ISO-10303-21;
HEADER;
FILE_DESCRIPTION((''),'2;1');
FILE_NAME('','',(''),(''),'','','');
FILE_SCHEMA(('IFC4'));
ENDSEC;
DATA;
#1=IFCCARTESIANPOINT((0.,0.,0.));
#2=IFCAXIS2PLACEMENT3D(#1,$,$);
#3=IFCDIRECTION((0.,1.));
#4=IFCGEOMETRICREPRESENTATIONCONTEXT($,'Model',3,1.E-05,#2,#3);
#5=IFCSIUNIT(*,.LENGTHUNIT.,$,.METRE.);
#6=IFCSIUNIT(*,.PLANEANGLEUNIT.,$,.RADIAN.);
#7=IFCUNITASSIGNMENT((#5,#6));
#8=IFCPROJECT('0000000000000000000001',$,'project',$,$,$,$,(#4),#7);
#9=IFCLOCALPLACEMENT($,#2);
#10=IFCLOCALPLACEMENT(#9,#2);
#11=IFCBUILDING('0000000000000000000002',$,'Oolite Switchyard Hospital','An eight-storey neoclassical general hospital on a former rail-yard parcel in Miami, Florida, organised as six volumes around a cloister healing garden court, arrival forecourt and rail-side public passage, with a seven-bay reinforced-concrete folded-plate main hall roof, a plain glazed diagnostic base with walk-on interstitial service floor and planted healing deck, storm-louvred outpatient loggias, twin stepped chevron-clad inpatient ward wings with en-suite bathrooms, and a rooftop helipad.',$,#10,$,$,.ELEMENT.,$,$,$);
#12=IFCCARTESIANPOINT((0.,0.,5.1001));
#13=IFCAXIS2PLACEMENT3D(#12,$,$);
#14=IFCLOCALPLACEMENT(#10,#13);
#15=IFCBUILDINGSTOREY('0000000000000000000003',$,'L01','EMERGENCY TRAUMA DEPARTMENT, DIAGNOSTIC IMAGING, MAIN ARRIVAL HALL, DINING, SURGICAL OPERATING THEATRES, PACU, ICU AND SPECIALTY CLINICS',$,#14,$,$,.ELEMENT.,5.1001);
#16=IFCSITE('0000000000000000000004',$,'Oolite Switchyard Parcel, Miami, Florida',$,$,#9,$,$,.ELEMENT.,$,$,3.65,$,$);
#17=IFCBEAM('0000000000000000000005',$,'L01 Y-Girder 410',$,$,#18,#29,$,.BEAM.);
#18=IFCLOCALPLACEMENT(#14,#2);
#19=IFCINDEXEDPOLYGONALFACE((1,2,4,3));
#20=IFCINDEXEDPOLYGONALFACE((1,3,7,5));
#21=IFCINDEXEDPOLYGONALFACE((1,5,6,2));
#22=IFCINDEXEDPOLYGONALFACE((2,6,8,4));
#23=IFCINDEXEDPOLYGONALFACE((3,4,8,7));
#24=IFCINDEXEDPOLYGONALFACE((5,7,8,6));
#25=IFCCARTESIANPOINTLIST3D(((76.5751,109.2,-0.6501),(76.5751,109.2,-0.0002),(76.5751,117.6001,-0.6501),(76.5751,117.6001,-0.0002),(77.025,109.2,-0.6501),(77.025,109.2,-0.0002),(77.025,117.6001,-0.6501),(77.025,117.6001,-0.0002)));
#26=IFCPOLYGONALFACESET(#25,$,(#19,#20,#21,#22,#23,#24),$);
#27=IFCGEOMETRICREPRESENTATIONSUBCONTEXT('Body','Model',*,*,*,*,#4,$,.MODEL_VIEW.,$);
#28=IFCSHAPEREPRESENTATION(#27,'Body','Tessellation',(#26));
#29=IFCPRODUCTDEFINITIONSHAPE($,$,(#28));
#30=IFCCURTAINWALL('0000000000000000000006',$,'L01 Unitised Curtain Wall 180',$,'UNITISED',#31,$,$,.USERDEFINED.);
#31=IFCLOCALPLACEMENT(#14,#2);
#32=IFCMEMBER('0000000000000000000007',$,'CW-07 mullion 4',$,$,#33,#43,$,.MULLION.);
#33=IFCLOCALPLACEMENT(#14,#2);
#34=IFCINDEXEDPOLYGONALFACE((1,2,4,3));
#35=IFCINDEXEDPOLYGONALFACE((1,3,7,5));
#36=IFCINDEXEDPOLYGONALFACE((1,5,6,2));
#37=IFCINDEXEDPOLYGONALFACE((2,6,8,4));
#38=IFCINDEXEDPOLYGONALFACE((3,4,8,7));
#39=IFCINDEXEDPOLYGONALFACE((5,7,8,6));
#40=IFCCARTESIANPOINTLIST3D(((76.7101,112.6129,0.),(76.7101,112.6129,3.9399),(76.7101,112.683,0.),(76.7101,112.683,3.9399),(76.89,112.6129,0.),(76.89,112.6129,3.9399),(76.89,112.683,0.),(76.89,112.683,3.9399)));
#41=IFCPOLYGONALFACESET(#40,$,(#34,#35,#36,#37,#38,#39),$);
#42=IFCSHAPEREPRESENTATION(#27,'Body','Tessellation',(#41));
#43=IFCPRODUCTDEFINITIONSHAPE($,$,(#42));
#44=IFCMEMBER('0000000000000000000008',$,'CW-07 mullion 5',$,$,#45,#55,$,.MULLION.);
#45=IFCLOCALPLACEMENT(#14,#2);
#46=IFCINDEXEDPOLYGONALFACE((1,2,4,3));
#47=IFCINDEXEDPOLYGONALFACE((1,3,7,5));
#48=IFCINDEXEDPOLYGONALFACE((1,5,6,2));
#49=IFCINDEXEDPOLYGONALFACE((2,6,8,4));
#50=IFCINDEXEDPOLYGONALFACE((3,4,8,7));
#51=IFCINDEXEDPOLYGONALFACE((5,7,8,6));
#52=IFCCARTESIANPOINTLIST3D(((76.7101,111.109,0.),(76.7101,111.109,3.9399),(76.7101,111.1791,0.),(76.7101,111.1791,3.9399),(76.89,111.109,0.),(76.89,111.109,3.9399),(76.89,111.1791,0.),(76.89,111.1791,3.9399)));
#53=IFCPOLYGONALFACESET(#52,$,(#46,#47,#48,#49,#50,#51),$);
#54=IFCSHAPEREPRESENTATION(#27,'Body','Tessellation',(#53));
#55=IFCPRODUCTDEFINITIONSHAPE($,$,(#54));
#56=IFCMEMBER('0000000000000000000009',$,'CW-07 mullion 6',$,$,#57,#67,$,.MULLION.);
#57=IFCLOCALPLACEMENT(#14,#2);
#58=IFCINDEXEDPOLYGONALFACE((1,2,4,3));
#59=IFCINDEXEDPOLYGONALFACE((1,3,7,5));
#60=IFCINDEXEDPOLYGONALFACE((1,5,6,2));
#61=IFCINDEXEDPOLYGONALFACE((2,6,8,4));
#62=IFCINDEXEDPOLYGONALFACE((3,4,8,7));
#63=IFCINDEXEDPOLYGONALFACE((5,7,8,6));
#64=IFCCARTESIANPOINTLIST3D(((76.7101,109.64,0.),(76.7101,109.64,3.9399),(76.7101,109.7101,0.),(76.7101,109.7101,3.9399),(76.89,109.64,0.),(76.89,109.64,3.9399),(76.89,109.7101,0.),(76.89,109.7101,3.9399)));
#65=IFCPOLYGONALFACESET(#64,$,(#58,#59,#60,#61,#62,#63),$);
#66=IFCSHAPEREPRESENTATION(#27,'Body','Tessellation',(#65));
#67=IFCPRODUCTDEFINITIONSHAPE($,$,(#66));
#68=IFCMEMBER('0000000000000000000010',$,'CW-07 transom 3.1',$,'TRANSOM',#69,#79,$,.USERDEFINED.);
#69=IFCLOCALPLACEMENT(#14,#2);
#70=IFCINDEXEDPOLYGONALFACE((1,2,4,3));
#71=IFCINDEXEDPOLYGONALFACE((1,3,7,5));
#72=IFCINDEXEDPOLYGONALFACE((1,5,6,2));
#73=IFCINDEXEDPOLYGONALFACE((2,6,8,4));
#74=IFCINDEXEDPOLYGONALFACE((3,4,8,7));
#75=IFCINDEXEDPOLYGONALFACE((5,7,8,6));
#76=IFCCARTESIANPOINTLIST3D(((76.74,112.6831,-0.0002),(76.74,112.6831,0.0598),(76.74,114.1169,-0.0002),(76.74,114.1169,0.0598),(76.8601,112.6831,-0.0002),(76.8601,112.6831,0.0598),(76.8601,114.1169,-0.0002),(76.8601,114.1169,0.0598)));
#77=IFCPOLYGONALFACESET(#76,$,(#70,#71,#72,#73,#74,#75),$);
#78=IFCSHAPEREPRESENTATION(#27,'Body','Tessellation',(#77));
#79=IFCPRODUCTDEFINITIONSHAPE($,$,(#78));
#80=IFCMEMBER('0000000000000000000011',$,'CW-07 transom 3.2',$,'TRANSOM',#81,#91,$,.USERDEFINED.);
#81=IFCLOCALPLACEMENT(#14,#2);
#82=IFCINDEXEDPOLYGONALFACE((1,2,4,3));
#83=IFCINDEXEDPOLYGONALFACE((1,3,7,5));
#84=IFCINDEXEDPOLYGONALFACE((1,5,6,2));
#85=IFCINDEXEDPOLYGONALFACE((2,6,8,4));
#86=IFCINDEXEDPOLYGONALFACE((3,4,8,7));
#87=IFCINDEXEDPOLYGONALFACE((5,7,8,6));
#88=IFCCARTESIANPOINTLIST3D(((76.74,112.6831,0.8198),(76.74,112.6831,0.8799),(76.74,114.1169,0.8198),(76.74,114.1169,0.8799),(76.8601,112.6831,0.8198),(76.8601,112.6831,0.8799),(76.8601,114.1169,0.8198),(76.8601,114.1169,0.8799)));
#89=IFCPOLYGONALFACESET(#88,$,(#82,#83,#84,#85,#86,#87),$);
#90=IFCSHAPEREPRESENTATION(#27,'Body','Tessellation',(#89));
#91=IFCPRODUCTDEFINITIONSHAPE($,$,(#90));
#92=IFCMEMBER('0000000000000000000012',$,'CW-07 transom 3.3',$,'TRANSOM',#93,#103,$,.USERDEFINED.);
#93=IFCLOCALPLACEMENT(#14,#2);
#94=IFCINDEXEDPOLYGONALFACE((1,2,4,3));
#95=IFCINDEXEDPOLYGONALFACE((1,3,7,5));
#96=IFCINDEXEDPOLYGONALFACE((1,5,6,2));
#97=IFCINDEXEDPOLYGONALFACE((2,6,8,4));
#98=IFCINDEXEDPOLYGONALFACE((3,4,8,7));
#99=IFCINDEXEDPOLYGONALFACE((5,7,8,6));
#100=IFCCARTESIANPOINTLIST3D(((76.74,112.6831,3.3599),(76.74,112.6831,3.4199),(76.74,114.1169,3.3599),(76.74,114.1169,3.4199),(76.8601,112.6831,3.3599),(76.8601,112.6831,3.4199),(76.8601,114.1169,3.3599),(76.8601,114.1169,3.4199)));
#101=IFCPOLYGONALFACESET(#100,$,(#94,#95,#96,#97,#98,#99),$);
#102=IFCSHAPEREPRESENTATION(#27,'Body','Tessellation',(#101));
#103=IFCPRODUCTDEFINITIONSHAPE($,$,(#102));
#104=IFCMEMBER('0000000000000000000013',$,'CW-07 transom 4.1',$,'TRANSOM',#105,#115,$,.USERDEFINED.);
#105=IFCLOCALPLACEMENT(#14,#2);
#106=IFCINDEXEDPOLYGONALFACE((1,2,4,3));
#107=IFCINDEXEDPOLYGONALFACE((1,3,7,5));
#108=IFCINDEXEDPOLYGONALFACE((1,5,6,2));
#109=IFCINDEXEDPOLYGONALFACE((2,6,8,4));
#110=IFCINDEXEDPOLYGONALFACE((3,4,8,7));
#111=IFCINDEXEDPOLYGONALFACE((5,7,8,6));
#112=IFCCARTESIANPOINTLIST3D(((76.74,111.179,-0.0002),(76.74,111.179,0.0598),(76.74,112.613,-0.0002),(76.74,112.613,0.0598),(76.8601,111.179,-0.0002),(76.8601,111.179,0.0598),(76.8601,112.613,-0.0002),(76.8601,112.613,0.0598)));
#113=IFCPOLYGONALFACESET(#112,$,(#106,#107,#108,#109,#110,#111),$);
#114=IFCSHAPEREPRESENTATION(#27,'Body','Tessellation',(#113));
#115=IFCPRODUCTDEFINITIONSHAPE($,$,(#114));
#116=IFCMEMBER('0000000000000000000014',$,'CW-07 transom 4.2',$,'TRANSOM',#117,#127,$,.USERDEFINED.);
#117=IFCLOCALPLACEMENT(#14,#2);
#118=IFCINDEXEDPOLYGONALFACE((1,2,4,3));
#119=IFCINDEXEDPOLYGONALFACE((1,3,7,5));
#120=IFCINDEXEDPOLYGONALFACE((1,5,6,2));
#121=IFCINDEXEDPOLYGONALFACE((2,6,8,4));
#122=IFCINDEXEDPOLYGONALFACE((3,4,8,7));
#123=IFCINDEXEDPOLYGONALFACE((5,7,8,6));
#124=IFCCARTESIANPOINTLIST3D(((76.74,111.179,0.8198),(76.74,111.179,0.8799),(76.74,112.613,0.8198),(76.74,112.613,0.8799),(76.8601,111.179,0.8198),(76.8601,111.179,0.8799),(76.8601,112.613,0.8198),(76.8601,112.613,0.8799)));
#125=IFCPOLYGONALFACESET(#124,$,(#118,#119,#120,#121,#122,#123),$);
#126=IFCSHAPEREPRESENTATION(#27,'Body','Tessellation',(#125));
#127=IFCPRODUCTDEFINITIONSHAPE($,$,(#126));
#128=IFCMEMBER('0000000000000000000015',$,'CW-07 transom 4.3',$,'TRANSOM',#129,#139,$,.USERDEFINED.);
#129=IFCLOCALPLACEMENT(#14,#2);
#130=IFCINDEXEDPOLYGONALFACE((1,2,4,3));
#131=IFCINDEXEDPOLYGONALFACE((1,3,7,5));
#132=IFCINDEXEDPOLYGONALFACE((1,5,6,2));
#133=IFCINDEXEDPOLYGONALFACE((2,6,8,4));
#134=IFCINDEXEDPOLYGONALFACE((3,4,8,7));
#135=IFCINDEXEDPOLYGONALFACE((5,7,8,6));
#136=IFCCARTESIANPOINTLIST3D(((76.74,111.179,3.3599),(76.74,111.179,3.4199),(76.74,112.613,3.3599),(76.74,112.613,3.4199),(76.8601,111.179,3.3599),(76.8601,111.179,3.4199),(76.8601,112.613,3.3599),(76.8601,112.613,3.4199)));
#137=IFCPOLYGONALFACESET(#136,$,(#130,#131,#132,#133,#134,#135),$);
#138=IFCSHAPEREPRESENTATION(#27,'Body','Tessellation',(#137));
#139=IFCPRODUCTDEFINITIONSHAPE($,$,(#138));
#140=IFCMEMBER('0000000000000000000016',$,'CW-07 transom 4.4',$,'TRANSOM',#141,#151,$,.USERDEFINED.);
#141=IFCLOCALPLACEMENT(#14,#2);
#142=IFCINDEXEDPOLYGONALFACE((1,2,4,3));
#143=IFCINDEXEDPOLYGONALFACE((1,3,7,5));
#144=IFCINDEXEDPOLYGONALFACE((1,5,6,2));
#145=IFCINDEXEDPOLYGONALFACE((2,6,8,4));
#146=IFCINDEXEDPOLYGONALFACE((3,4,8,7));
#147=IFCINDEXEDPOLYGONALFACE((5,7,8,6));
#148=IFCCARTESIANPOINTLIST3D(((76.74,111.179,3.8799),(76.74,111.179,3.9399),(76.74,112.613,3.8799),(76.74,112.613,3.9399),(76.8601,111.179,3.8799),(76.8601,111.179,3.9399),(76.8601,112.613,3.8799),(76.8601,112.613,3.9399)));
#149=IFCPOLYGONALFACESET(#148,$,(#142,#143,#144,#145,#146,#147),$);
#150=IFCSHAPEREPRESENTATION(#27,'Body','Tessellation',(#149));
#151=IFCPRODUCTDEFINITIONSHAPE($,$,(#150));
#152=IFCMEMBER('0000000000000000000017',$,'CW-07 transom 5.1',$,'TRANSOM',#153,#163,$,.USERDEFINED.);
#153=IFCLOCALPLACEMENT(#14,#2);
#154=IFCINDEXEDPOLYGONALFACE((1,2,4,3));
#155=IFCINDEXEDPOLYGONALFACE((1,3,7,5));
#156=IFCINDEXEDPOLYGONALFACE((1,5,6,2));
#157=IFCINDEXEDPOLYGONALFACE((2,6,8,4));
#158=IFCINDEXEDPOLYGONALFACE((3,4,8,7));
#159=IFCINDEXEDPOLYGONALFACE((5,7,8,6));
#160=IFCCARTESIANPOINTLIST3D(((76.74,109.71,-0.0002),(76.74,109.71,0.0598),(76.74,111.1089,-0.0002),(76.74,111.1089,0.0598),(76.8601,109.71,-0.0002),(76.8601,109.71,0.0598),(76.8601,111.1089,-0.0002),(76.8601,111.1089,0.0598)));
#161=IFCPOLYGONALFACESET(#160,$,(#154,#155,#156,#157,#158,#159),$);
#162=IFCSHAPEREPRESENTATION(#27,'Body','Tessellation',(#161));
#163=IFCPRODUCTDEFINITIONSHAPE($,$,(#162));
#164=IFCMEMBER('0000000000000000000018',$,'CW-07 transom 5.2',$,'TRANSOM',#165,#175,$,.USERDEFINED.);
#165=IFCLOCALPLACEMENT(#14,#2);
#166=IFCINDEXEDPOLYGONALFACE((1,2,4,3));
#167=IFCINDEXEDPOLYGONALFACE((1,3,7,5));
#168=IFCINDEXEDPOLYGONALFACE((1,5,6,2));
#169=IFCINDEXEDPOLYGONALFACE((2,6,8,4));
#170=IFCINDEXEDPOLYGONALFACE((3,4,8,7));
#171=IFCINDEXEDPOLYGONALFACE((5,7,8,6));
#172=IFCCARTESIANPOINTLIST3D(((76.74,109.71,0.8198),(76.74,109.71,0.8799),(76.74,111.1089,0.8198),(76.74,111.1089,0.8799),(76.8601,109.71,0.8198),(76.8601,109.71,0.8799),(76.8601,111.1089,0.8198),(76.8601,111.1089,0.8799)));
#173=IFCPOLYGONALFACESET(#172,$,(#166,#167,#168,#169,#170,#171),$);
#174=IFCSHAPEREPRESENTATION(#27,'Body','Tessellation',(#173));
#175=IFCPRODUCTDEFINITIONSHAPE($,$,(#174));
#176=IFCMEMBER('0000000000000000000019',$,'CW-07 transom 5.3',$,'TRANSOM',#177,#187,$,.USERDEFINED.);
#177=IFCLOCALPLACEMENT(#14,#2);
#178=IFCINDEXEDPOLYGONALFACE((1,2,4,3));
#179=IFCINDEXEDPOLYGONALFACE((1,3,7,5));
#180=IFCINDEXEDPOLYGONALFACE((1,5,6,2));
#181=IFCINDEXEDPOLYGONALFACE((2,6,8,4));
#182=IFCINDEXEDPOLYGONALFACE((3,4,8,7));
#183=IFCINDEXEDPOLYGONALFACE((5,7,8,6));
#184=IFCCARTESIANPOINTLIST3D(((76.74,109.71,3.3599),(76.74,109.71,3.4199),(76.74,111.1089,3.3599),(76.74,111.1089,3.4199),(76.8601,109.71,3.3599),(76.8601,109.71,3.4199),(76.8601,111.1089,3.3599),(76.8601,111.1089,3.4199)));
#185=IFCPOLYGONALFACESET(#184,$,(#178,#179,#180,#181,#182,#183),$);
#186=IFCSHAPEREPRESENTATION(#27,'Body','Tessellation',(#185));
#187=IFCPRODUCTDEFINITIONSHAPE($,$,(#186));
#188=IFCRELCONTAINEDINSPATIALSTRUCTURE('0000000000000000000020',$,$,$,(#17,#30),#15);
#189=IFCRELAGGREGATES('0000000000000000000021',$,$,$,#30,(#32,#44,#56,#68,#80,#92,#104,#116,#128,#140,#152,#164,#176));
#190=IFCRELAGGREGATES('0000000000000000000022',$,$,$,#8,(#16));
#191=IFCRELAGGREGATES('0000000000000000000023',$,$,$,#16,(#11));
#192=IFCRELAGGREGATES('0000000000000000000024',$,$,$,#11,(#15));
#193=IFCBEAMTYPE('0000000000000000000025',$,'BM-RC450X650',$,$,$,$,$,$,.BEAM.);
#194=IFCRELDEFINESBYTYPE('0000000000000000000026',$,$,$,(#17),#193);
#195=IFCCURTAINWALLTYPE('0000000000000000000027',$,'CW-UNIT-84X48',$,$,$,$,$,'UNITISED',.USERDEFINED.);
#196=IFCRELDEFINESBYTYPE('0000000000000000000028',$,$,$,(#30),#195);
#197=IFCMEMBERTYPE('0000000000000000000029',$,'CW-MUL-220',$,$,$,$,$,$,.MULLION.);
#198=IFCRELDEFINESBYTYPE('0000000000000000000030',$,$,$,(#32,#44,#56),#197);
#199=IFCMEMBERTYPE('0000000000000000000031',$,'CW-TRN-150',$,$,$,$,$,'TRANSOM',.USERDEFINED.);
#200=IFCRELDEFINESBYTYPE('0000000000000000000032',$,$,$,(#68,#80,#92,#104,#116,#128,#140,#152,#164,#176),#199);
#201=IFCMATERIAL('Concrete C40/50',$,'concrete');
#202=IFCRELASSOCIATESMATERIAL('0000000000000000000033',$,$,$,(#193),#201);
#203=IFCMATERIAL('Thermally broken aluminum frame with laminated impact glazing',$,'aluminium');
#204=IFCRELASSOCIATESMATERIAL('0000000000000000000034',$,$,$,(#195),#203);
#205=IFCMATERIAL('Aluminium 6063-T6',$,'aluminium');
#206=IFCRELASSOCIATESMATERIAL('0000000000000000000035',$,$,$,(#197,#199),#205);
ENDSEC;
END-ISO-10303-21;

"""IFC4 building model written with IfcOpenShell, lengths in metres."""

from ifc_helpers import new_model, si_unit, direction, frame, origin, origin_2d, place, context, subcontext, project, spatial, rectangle, extrude, material, material_profile, profile_set, type_object, element, aggregate, save


model = new_model("IFC4")

# Units and contexts
model_context = context("Model", 3, precision=1e-05, world=origin(), true_north=direction((0.0, 1.0)))
body_context = subcontext(model_context, "Body", "Model", "MODEL_VIEW")
ifc_project = project(units=[si_unit("LENGTHUNIT", "METRE"), si_unit("PLANEANGLEUNIT", "RADIAN")], contexts=[model_context])

# Site, building, storey
site_placement = place(None, origin())
site = spatial("IfcSite", under=ifc_project, at=site_placement, Name="Oolite Switchyard Parcel, Miami, Florida", CompositionType="ELEMENT", RefElevation=3.65)
building_placement = place(site_placement, origin())
building = spatial("IfcBuilding", under=site, at=building_placement, Name="Oolite Switchyard Hospital", Description="An eight-storey neoclassical general hospital on a former rail-yard parcel in Miami, Florida, organised as six volumes around a cloister healing garden court, arrival forecourt and rail-side public passage, with a seven-bay reinforced-concrete folded-plate main hall roof, a plain glazed diagnostic base with walk-on interstitial service floor and planted healing deck, storm-louvred outpatient loggias, twin stepped chevron-clad inpatient ward wings with en-suite bathrooms, and a rooftop helipad.", CompositionType="ELEMENT")
storey_placement = place(building_placement, frame((0.0, 0.0, 5.1001)))
storey = spatial("IfcBuildingStorey", under=building, at=storey_placement, Name="L01", Description="EMERGENCY TRAUMA DEPARTMENT, DIAGNOSTIC IMAGING, MAIN ARRIVAL HALL, DINING, SURGICAL OPERATING THEATRES, PACU, ICU AND SPECIALTY CLINICS", CompositionType="ELEMENT", Elevation=5.1001)

# Beam
ifc_material_1 = material(Name="Concrete C40/50", Category="concrete")
ifc_material_profile_1 = material_profile(ifc_material_1, rectangle(XDim=0.45, YDim=0.6499, at=origin_2d()), Name="RCB450X650")
ifc_profile_set_1 = profile_set([ifc_material_profile_1], Name="Concrete C40/50")
beam_type = type_object("IfcBeamType", Name="BM-RC450X650", PredefinedType="BEAM", material=ifc_profile_set_1)
beam_placement = place(storey_placement, frame((76.8, 109.2, -0.3252), z_axis=(0.0, 1.0, 0.0), x_axis=(-1.0, 0.0, 0.0)))
element("IfcBeam", 1, at=beam_placement, inside=storey, type_object=beam_type, Name="L01 Y-Girder 410", PredefinedType="BEAM", context=body_context, shape_type="SweptSolid", body=[
    extrude(rectangle(XDim=0.45, YDim=0.6499, at=origin_2d()), origin(), (0.0, 0.0, 1.0), 8.4001),
])

# Curtain wall, members
ifc_material_2 = material(Name="Thermally broken aluminum frame with laminated impact glazing", Category="aluminium")
curtain_wall_type = type_object("IfcCurtainWallType", Name="CW-UNIT-84X48", ElementType="UNITISED", PredefinedType="USERDEFINED", material=ifc_material_2)
curtain_wall_placement = place(storey_placement, origin())
curtain_wall = element("IfcCurtainWall", 2, at=curtain_wall_placement, inside=storey, type_object=curtain_wall_type, Name="L01 Unitised Curtain Wall 180", ObjectType="UNITISED", PredefinedType="USERDEFINED")
ifc_material_3 = material(Name="Aluminium 6063-T6", Category="aluminium")
ifc_material_profile_2 = material_profile(ifc_material_3, rectangle(XDim=0.1799, YDim=0.0701, at=origin_2d()), Name="CWM70X180")
ifc_profile_set_2 = profile_set([ifc_material_profile_2], Name="Aluminium 6063-T6")
member_type_1 = type_object("IfcMemberType", Name="CW-MUL-220", PredefinedType="MULLION", material=ifc_profile_set_2)
member_1_placement = place(storey_placement, frame((76.8, 112.6479, 0.0), z_axis=(0.0, 0.0, 1.0), x_axis=(1.0, 0.0, 0.0)))
member_1 = element("IfcMember", 3, at=member_1_placement, type_object=member_type_1, Name="CW-07 mullion 4", PredefinedType="MULLION", context=body_context, shape_type="SweptSolid", body=[
    extrude(rectangle(XDim=0.1799, YDim=0.0701, at=origin_2d()), origin(), (0.0, 0.0, 1.0), 3.9399),
])
member_2_placement = place(storey_placement, frame((76.8, 111.144, 0.0), z_axis=(0.0, 0.0, 1.0), x_axis=(1.0, 0.0, 0.0)))
member_2 = element("IfcMember", 4, at=member_2_placement, type_object=member_type_1, Name="CW-07 mullion 5", PredefinedType="MULLION", context=body_context, shape_type="SweptSolid", body=[
    extrude(rectangle(XDim=0.1799, YDim=0.0701, at=origin_2d()), origin(), (0.0, 0.0, 1.0), 3.9399),
])
member_3_placement = place(storey_placement, frame((76.8, 109.675, 0.0), z_axis=(0.0, 0.0, 1.0), x_axis=(1.0, 0.0, 0.0)))
member_3 = element("IfcMember", 5, at=member_3_placement, type_object=member_type_1, Name="CW-07 mullion 6", PredefinedType="MULLION", context=body_context, shape_type="SweptSolid", body=[
    extrude(rectangle(XDim=0.1799, YDim=0.0701, at=origin_2d()), origin(), (0.0, 0.0, 1.0), 3.9399),
])
ifc_material_profile_3 = material_profile(ifc_material_3, rectangle(XDim=0.1201, YDim=0.0601, at=origin_2d()), Name="CWT60X120")
ifc_profile_set_3 = profile_set([ifc_material_profile_3], Name="Aluminium 6063-T6")
member_type_2 = type_object("IfcMemberType", Name="CW-TRN-150", ElementType="TRANSOM", PredefinedType="USERDEFINED", material=ifc_profile_set_3)
member_4_placement = place(storey_placement, frame((76.8, 114.1169, 0.0298), z_axis=(0.0, -1.0, 0.0), x_axis=(1.0, 0.0, 0.0)))
member_4 = element("IfcMember", 6, at=member_4_placement, type_object=member_type_2, Name="CW-07 transom 3.1", ObjectType="TRANSOM", PredefinedType="USERDEFINED", context=body_context, shape_type="SweptSolid", body=[
    extrude(rectangle(XDim=0.1201, YDim=0.0601, at=origin_2d()), origin(), (0.0, 0.0, 1.0), 1.4338),
])
member_5_placement = place(storey_placement, frame((76.8, 114.1169, 0.8499), z_axis=(0.0, -1.0, 0.0), x_axis=(1.0, 0.0, 0.0)))
member_5 = element("IfcMember", 7, at=member_5_placement, type_object=member_type_2, Name="CW-07 transom 3.2", ObjectType="TRANSOM", PredefinedType="USERDEFINED", context=body_context, shape_type="SweptSolid", body=[
    extrude(rectangle(XDim=0.1201, YDim=0.0601, at=origin_2d()), origin(), (0.0, 0.0, 1.0), 1.4338),
])
member_6_placement = place(storey_placement, frame((76.8, 114.1169, 3.3899), z_axis=(0.0, -1.0, 0.0), x_axis=(1.0, 0.0, 0.0)))
member_6 = element("IfcMember", 8, at=member_6_placement, type_object=member_type_2, Name="CW-07 transom 3.3", ObjectType="TRANSOM", PredefinedType="USERDEFINED", context=body_context, shape_type="SweptSolid", body=[
    extrude(rectangle(XDim=0.1201, YDim=0.0601, at=origin_2d()), origin(), (0.0, 0.0, 1.0), 1.4338),
])
member_7_placement = place(storey_placement, frame((76.8, 112.613, 0.0298), z_axis=(0.0, -1.0, 0.0), x_axis=(1.0, 0.0, 0.0)))
member_7 = element("IfcMember", 9, at=member_7_placement, type_object=member_type_2, Name="CW-07 transom 4.1", ObjectType="TRANSOM", PredefinedType="USERDEFINED", context=body_context, shape_type="SweptSolid", body=[
    extrude(rectangle(XDim=0.1201, YDim=0.0601, at=origin_2d()), origin(), (0.0, 0.0, 1.0), 1.4341),
])
member_8_placement = place(storey_placement, frame((76.8, 112.613, 0.8499), z_axis=(0.0, -1.0, 0.0), x_axis=(1.0, 0.0, 0.0)))
member_8 = element("IfcMember", 10, at=member_8_placement, type_object=member_type_2, Name="CW-07 transom 4.2", ObjectType="TRANSOM", PredefinedType="USERDEFINED", context=body_context, shape_type="SweptSolid", body=[
    extrude(rectangle(XDim=0.1201, YDim=0.0601, at=origin_2d()), origin(), (0.0, 0.0, 1.0), 1.4341),
])
member_9_placement = place(storey_placement, frame((76.8, 112.613, 3.3899), z_axis=(0.0, -1.0, 0.0), x_axis=(1.0, 0.0, 0.0)))
member_9 = element("IfcMember", 11, at=member_9_placement, type_object=member_type_2, Name="CW-07 transom 4.3", ObjectType="TRANSOM", PredefinedType="USERDEFINED", context=body_context, shape_type="SweptSolid", body=[
    extrude(rectangle(XDim=0.1201, YDim=0.0601, at=origin_2d()), origin(), (0.0, 0.0, 1.0), 1.4341),
])
member_10_placement = place(storey_placement, frame((76.8, 112.613, 3.9099), z_axis=(0.0, -1.0, 0.0), x_axis=(1.0, 0.0, 0.0)))
member_10 = element("IfcMember", 12, at=member_10_placement, type_object=member_type_2, Name="CW-07 transom 4.4", ObjectType="TRANSOM", PredefinedType="USERDEFINED", context=body_context, shape_type="SweptSolid", body=[
    extrude(rectangle(XDim=0.1201, YDim=0.0601, at=origin_2d()), origin(), (0.0, 0.0, 1.0), 1.4341),
])
member_11_placement = place(storey_placement, frame((76.8, 111.1089, 0.0298), z_axis=(0.0, -1.0, 0.0), x_axis=(1.0, 0.0, 0.0)))
member_11 = element("IfcMember", 13, at=member_11_placement, type_object=member_type_2, Name="CW-07 transom 5.1", ObjectType="TRANSOM", PredefinedType="USERDEFINED", context=body_context, shape_type="SweptSolid", body=[
    extrude(rectangle(XDim=0.1201, YDim=0.0601, at=origin_2d()), origin(), (0.0, 0.0, 1.0), 1.3989),
])
member_12_placement = place(storey_placement, frame((76.8, 111.1089, 0.8499), z_axis=(0.0, -1.0, 0.0), x_axis=(1.0, 0.0, 0.0)))
member_12 = element("IfcMember", 14, at=member_12_placement, type_object=member_type_2, Name="CW-07 transom 5.2", ObjectType="TRANSOM", PredefinedType="USERDEFINED", context=body_context, shape_type="SweptSolid", body=[
    extrude(rectangle(XDim=0.1201, YDim=0.0601, at=origin_2d()), origin(), (0.0, 0.0, 1.0), 1.3989),
])
member_13_placement = place(storey_placement, frame((76.8, 111.1089, 3.3899), z_axis=(0.0, -1.0, 0.0), x_axis=(1.0, 0.0, 0.0)))
member_13 = element("IfcMember", 15, at=member_13_placement, type_object=member_type_2, Name="CW-07 transom 5.3", ObjectType="TRANSOM", PredefinedType="USERDEFINED", context=body_context, shape_type="SweptSolid", body=[
    extrude(rectangle(XDim=0.1201, YDim=0.0601, at=origin_2d()), origin(), (0.0, 0.0, 1.0), 1.3989),
])
aggregate(curtain_wall, [member_1, member_2, member_3, member_4, member_5, member_6, member_7, member_8, member_9, member_10, member_11, member_12, member_13])

save(model, "model.ifc")
